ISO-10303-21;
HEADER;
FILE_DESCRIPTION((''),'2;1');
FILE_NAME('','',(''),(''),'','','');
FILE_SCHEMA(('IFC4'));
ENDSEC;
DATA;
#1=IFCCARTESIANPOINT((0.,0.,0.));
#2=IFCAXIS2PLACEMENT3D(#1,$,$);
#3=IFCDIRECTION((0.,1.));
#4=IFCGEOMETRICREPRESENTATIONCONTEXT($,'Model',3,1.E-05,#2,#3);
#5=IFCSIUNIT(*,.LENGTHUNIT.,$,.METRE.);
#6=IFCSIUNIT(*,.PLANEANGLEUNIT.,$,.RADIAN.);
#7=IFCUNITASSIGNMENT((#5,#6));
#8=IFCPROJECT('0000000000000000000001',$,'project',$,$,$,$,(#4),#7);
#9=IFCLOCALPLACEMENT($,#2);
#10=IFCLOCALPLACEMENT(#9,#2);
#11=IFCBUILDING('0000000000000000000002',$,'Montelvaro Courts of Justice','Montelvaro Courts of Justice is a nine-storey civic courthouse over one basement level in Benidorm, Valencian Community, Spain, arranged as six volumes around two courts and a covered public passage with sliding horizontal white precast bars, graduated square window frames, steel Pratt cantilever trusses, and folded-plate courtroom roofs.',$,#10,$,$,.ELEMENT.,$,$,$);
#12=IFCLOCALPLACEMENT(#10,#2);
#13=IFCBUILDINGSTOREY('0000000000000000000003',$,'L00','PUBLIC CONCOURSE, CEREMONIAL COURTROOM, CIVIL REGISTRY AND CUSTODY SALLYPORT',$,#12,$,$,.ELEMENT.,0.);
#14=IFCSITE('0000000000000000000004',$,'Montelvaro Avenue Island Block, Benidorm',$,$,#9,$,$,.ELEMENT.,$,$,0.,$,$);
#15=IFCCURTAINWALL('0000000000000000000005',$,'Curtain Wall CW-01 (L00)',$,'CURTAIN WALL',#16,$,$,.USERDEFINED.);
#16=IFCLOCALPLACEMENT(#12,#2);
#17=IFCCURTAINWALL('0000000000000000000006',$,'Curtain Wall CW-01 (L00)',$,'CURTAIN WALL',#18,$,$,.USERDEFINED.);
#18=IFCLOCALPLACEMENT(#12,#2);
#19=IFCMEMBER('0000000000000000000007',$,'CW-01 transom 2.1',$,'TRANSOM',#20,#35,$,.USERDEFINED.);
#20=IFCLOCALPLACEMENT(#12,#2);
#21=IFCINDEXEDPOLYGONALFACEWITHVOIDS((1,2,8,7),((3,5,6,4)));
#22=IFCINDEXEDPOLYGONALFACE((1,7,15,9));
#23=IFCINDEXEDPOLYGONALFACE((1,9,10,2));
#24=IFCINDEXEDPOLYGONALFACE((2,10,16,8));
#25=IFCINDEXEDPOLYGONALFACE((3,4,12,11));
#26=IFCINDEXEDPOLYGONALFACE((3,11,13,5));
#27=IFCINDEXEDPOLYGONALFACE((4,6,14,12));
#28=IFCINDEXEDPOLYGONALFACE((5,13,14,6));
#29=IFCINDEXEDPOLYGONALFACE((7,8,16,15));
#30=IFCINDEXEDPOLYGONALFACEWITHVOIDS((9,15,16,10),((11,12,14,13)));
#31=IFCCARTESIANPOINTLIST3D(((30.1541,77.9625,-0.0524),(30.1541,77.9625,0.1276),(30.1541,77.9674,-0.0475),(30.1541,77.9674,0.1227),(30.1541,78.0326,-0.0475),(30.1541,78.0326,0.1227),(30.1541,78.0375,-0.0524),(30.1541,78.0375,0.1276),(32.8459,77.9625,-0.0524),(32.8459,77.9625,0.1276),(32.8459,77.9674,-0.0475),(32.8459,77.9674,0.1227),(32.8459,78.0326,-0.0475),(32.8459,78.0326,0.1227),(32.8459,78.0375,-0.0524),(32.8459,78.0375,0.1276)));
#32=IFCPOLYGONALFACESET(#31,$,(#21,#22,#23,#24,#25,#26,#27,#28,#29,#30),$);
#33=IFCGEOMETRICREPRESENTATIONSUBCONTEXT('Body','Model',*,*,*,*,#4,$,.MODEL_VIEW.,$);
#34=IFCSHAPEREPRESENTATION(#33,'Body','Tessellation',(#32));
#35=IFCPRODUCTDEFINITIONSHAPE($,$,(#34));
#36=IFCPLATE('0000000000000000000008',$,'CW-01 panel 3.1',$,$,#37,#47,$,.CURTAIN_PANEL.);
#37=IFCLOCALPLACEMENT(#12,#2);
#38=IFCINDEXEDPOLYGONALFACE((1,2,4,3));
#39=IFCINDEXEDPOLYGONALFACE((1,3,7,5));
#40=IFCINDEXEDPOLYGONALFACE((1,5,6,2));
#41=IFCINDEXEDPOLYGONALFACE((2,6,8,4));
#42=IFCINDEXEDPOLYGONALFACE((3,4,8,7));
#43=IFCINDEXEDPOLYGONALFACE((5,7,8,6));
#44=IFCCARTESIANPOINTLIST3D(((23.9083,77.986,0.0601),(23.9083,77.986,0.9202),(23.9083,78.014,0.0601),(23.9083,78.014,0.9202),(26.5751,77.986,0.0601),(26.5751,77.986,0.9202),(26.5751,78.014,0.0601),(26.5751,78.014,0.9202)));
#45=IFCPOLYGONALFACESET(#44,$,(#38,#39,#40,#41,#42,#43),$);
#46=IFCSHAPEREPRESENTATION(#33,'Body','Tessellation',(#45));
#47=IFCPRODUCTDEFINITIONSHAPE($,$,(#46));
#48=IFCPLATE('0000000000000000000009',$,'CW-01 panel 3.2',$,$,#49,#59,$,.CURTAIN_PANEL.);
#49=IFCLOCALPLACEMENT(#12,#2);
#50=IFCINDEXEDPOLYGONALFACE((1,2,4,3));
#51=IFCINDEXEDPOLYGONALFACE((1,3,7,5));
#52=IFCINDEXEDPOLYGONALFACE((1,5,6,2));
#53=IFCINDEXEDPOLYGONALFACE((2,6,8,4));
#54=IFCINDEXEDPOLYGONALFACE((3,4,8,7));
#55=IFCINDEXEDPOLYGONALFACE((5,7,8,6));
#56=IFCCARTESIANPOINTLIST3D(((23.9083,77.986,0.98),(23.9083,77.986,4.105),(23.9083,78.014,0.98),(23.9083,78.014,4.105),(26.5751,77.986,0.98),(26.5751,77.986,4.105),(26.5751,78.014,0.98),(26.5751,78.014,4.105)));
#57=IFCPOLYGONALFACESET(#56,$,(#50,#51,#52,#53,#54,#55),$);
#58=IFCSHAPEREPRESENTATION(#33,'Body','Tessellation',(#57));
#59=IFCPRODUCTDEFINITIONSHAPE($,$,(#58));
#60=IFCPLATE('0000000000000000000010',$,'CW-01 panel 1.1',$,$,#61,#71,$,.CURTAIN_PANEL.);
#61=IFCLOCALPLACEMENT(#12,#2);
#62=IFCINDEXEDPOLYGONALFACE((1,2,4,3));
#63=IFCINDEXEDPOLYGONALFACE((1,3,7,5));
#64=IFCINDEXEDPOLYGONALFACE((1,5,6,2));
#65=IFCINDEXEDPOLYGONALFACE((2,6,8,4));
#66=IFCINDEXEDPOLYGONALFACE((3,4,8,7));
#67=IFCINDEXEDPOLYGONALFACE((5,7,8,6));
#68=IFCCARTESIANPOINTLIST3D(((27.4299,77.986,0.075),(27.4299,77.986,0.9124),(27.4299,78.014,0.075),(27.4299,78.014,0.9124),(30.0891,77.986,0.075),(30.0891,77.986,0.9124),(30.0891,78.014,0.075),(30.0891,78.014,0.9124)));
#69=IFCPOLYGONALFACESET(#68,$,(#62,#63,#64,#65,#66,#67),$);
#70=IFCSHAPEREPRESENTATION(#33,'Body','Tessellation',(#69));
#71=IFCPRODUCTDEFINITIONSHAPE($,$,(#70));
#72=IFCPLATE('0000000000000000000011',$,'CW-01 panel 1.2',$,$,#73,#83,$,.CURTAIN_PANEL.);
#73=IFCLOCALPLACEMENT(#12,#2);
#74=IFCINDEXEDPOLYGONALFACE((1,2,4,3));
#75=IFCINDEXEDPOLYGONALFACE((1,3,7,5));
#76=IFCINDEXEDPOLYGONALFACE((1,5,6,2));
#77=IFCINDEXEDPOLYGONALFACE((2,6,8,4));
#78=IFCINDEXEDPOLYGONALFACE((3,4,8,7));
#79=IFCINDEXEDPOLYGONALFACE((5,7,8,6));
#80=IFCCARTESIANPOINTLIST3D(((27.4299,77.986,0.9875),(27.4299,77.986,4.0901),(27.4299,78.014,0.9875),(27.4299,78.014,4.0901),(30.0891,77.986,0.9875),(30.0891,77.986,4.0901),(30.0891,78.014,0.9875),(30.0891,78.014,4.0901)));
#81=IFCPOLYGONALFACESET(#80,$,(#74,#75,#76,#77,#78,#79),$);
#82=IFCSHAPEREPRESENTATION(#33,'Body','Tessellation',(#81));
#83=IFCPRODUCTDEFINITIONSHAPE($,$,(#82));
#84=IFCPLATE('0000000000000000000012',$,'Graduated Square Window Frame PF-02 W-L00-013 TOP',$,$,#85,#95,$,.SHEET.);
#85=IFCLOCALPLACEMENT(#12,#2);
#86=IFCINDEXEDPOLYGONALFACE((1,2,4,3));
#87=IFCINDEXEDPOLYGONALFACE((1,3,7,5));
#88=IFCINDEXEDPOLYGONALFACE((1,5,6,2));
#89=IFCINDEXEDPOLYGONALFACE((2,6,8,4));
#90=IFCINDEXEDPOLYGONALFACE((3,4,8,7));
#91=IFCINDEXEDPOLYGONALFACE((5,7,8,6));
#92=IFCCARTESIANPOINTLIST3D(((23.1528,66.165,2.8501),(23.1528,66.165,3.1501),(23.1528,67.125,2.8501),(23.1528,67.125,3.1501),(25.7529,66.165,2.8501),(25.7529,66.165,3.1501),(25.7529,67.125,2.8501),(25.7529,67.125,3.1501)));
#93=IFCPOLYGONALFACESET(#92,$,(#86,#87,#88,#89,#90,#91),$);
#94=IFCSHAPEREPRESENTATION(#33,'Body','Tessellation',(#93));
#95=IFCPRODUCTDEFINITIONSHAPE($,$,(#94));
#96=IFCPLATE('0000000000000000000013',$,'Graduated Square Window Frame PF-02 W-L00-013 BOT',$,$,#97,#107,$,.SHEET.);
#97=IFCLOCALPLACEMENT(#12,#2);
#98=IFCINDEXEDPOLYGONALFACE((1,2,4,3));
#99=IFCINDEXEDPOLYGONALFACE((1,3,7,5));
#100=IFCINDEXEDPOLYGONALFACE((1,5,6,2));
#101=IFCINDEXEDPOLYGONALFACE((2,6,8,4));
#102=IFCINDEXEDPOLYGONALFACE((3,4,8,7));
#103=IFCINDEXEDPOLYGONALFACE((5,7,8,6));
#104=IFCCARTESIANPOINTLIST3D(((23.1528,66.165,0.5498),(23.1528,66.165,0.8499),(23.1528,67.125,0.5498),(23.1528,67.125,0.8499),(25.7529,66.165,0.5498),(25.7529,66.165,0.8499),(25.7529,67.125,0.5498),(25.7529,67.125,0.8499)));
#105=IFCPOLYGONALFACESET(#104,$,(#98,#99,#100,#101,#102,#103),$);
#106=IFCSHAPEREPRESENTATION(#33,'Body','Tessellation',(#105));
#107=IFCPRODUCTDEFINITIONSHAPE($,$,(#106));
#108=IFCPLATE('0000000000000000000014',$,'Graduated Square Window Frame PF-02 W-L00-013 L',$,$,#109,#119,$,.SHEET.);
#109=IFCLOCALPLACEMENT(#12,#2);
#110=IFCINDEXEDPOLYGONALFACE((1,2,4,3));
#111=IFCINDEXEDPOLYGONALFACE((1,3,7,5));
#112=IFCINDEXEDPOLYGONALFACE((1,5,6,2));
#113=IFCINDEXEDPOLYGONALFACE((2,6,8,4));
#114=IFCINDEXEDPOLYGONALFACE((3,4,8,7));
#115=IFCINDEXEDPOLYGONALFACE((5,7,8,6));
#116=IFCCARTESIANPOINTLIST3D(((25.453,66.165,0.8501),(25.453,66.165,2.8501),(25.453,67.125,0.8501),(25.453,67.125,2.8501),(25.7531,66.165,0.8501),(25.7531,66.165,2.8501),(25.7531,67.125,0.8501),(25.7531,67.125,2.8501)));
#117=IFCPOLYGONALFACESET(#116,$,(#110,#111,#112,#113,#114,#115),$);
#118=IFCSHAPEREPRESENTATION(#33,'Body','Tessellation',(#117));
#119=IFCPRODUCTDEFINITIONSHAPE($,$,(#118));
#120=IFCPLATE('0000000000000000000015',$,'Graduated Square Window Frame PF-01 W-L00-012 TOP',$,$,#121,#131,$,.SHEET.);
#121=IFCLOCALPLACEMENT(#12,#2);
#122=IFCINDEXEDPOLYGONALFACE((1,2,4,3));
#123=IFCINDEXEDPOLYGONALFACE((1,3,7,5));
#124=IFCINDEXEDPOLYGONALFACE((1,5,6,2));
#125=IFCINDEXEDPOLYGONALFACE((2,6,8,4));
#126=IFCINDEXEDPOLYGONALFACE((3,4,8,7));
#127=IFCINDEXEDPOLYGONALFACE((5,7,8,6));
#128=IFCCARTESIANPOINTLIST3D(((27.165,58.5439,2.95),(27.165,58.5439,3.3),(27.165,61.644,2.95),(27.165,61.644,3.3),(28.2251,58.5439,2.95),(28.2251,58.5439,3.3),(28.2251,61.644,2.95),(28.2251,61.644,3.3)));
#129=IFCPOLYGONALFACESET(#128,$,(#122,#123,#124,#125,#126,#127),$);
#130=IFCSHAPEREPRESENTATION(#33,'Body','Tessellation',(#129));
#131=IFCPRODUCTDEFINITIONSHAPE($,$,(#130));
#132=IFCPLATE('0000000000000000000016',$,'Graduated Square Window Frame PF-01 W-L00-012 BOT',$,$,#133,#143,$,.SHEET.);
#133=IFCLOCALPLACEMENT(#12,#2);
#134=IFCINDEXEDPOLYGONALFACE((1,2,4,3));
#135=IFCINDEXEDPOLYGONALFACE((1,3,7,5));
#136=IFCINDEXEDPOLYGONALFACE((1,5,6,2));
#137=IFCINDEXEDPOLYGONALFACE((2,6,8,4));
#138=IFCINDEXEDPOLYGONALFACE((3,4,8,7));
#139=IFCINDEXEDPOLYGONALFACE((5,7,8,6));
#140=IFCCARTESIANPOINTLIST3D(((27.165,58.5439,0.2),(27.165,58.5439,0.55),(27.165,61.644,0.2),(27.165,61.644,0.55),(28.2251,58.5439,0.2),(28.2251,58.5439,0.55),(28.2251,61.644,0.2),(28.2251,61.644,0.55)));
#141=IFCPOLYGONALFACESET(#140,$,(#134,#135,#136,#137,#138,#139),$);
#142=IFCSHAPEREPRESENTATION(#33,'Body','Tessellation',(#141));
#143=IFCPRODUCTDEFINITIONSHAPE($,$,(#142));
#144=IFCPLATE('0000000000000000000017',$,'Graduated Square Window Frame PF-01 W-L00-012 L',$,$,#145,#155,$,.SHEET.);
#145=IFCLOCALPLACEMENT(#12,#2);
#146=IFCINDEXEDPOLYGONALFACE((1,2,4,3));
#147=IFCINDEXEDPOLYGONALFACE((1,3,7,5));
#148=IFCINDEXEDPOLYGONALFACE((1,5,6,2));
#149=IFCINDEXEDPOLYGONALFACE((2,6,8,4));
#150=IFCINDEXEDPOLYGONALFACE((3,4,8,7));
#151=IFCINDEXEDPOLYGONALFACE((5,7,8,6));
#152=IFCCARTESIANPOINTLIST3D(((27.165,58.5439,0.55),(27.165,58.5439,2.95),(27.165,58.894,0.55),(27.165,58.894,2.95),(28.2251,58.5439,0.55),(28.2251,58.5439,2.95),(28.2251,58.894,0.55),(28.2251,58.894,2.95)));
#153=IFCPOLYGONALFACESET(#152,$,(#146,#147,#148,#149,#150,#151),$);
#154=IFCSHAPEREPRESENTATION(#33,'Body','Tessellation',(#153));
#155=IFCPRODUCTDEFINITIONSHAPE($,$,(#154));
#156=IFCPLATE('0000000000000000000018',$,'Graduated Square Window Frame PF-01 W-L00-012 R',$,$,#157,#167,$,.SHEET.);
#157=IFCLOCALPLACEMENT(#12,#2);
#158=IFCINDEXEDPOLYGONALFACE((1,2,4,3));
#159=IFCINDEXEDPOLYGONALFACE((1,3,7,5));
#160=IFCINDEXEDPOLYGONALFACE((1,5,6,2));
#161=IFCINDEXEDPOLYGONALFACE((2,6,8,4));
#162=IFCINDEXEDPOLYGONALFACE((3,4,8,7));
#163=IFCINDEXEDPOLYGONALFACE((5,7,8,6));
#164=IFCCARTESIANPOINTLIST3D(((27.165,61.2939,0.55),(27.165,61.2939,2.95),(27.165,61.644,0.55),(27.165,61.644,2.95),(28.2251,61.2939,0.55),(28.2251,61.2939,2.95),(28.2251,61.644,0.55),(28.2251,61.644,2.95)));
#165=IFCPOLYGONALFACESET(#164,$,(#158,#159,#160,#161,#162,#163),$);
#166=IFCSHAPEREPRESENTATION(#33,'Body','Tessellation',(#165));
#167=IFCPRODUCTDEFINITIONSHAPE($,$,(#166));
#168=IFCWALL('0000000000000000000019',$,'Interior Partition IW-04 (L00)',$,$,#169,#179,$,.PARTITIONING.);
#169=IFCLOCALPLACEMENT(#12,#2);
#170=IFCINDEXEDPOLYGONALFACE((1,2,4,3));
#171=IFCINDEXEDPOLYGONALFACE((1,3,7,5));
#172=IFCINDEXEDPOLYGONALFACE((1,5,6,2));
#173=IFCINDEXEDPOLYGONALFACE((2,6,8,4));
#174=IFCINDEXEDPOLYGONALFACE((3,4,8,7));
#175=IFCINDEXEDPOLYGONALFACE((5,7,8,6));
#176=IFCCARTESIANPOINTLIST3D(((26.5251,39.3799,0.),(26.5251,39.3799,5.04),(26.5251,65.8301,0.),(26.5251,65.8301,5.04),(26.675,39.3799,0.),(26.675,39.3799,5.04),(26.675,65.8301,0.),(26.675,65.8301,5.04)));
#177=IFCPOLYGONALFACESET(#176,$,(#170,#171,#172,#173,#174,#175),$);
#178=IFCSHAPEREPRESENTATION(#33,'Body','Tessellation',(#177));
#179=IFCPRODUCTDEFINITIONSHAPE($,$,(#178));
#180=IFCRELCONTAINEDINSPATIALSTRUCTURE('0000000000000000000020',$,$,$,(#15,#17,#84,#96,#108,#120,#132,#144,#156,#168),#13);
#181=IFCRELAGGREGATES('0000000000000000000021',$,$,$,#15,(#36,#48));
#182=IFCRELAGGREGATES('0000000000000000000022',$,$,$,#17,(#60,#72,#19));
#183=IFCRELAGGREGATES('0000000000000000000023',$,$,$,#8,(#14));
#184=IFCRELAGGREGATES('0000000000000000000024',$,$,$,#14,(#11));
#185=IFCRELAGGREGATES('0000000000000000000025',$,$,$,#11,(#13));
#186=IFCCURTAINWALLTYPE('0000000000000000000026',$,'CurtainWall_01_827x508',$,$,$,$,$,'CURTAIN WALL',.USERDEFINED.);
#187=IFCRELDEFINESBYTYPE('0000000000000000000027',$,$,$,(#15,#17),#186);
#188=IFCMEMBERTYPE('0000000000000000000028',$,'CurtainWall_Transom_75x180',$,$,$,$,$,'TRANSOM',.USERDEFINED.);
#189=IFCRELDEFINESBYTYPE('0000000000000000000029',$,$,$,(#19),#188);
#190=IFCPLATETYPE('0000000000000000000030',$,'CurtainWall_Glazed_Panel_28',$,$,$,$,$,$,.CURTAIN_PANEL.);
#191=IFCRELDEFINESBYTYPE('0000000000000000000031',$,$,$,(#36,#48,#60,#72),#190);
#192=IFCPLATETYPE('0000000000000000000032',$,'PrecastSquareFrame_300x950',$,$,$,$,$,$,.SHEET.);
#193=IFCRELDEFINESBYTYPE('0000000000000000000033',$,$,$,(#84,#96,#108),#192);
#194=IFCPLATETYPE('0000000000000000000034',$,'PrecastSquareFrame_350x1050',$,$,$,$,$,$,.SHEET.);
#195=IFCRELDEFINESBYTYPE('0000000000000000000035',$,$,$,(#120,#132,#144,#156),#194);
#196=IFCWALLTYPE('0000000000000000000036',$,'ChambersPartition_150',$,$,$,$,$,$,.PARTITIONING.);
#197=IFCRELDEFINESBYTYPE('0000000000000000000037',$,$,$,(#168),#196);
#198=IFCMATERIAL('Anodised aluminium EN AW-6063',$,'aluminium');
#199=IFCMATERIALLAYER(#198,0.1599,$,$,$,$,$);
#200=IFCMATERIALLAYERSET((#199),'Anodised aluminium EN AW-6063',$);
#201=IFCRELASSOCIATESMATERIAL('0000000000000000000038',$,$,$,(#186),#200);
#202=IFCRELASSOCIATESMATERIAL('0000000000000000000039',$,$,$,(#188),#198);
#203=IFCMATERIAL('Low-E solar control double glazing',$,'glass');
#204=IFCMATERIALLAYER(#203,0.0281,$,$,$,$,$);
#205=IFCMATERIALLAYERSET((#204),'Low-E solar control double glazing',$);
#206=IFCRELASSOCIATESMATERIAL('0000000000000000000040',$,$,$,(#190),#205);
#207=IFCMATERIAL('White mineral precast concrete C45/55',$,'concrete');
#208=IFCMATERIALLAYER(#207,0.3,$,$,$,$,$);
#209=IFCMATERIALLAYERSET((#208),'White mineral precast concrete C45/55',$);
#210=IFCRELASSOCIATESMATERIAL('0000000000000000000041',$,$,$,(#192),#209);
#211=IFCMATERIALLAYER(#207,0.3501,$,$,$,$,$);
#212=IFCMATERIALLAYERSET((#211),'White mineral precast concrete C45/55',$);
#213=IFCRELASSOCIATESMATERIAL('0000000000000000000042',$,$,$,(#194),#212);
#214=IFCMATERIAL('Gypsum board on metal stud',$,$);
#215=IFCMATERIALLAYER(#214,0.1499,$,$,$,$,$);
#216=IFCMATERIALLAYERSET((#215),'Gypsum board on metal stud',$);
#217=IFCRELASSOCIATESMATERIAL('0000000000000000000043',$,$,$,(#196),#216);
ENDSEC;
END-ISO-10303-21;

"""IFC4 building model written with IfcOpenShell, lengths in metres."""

from ifc_helpers import new_model, si_unit, direction, frame, frame_2d, origin, origin_2d, place, context, subcontext, project, spatial, rectangle, hollow_rectangle, extrude, material, layer, layer_set, material_profile, profile_set, type_object, element, aggregate, save


model = new_model("IFC4")

# Units and contexts
model_context = context("Model", 3, precision=1e-05, world=origin(), true_north=direction((0.0, 1.0)))
body_context = subcontext(model_context, "Body", "Model", "MODEL_VIEW")
ifc_project = project(units=[si_unit("LENGTHUNIT", "METRE"), si_unit("PLANEANGLEUNIT", "RADIAN")], contexts=[model_context])

# Site, building, storey
site_placement = place(None, origin())
site = spatial("IfcSite", under=ifc_project, at=site_placement, Name="Montelvaro Avenue Island Block, Benidorm", CompositionType="ELEMENT", RefElevation=0.0)
building_placement = place(site_placement, origin())
building = spatial("IfcBuilding", under=site, at=building_placement, Name="Montelvaro Courts of Justice", Description="Montelvaro Courts of Justice is a nine-storey civic courthouse over one basement level in Benidorm, Valencian Community, Spain, arranged as six volumes around two courts and a covered public passage with sliding horizontal white precast bars, graduated square window frames, steel Pratt cantilever trusses, and folded-plate courtroom roofs.", CompositionType="ELEMENT")
storey_placement = place(building_placement, origin())
storey = spatial("IfcBuildingStorey", under=building, at=storey_placement, Name="L00", Description="PUBLIC CONCOURSE, CEREMONIAL COURTROOM, CIVIL REGISTRY AND CUSTODY SALLYPORT", CompositionType="ELEMENT", Elevation=0.0)

# Curtain wall
ifc_material_1 = material(Name="Anodised aluminium EN AW-6063", Category="aluminium")
ifc_layer_1 = layer(ifc_material_1, 0.1599)
ifc_layer_set_1 = layer_set([ifc_layer_1], Name="Anodised aluminium EN AW-6063")
curtain_wall_type = type_object("IfcCurtainWallType", Name="CurtainWall_01_827x508", ElementType="CURTAIN WALL", PredefinedType="USERDEFINED", material=ifc_layer_set_1)
curtain_wall_1_placement = place(storey_placement, origin())
curtain_wall_1 = element("IfcCurtainWall", 1, at=curtain_wall_1_placement, inside=storey, type_object=curtain_wall_type, Name="Curtain Wall CW-01 (L00)", ObjectType="CURTAIN WALL", PredefinedType="USERDEFINED")

# Curtain wall, member
curtain_wall_2_placement = place(storey_placement, origin())
curtain_wall_2 = element("IfcCurtainWall", 2, at=curtain_wall_2_placement, inside=storey, type_object=curtain_wall_type, Name="Curtain Wall CW-01 (L00)", ObjectType="CURTAIN WALL", PredefinedType="USERDEFINED")
ifc_material_profile_1 = material_profile(ifc_material_1, hollow_rectangle(XDim=0.075, YDim=0.1799, WallThickness=0.0049, at=origin_2d()), Name="ALU-T 75x180")
ifc_profile_set_1 = profile_set([ifc_material_profile_1], Name="Anodised aluminium EN AW-6063")
member_type_1 = type_object("IfcMemberType", Name="CurtainWall_Transom_75x180", ElementType="TRANSOM", PredefinedType="USERDEFINED", material=ifc_profile_set_1)
member_1_placement = place(storey_placement, frame((30.1541, 78.0, 0.0376), z_axis=(1.0, 0.0, 0.0), x_axis=(0.0, 1.0, 0.0)))
member_1 = element("IfcMember", 3, at=member_1_placement, type_object=member_type_1, Name="CW-01 transom 2.1", ObjectType="TRANSOM", PredefinedType="USERDEFINED", context=body_context, shape_type="SweptSolid", body=[
    extrude(hollow_rectangle(XDim=0.075, YDim=0.1799, WallThickness=0.0049, at=origin_2d()), origin(), (0.0, 0.0, 1.0), 2.6919),
])

# Plates
ifc_material_2 = material(Name="Low-E solar control double glazing", Category="glass")
ifc_layer_2 = layer(ifc_material_2, 0.0281)
ifc_layer_set_2 = layer_set([ifc_layer_2], Name="Low-E solar control double glazing")
plate_type_1 = type_object("IfcPlateType", Name="CurtainWall_Glazed_Panel_28", PredefinedType="CURTAIN_PANEL", material=ifc_layer_set_2)
plate_1_placement = place(storey_placement, frame((25.2417, 78.0, 0.0601), z_axis=(0.0, 0.0, 1.0), x_axis=(1.0, 0.0, 0.0)))
plate_1 = element("IfcPlate", 4, at=plate_1_placement, type_object=plate_type_1, Name="CW-01 panel 3.1", PredefinedType="CURTAIN_PANEL", context=body_context, shape_type="SweptSolid", body=[
    extrude(rectangle(XDim=2.6667, YDim=0.0281, at=origin_2d()), origin(), (0.0, 0.0, 1.0), 0.8601),
])
plate_2_placement = place(storey_placement, frame((25.2417, 78.0, 0.98), z_axis=(0.0, 0.0, 1.0), x_axis=(1.0, 0.0, 0.0)))
plate_2 = element("IfcPlate", 5, at=plate_2_placement, type_object=plate_type_1, Name="CW-01 panel 3.2", PredefinedType="CURTAIN_PANEL", context=body_context, shape_type="SweptSolid", body=[
    extrude(rectangle(XDim=2.6667, YDim=0.0281, at=origin_2d()), origin(), (0.0, 0.0, 1.0), 3.125),
])
aggregate(curtain_wall_1, [plate_1, plate_2])
plate_3_placement = place(storey_placement, frame((28.7595, 78.0, 0.075), z_axis=(0.0, 0.0, 1.0), x_axis=(1.0, 0.0, 0.0)))
plate_3 = element("IfcPlate", 6, at=plate_3_placement, type_object=plate_type_1, Name="CW-01 panel 1.1", PredefinedType="CURTAIN_PANEL", context=body_context, shape_type="SweptSolid", body=[
    extrude(rectangle(XDim=2.6592, YDim=0.0281, at=origin_2d()), origin(), (0.0, 0.0, 1.0), 0.8374),
])
plate_4_placement = place(storey_placement, frame((28.7595, 78.0, 0.9875), z_axis=(0.0, 0.0, 1.0), x_axis=(1.0, 0.0, 0.0)))
plate_4 = element("IfcPlate", 7, at=plate_4_placement, type_object=plate_type_1, Name="CW-01 panel 1.2", PredefinedType="CURTAIN_PANEL", context=body_context, shape_type="SweptSolid", body=[
    extrude(rectangle(XDim=2.6592, YDim=0.0281, at=origin_2d()), origin(), (0.0, 0.0, 1.0), 3.1025),
])
aggregate(curtain_wall_2, [plate_3, plate_4, member_1])

# Plates
ifc_material_3 = material(Name="White mineral precast concrete C45/55", Category="concrete")
ifc_layer_3 = layer(ifc_material_3, 0.3)
ifc_layer_set_3 = layer_set([ifc_layer_3], Name="White mineral precast concrete C45/55")
plate_type_2 = type_object("IfcPlateType", Name="PrecastSquareFrame_300x950", PredefinedType="SHEET", material=ifc_layer_set_3)
for number, where, z_axis, x_axis, name in (
    (8, (24.4529, 66.645, 2.8501), (0.0, 0.0, 1.0), (-1.0, 0.0, 0.0), "Graduated Square Window Frame PF-02 W-L00-013 TOP"),
    (9, (24.4529, 66.645, 0.5498), (0.0, 0.0, 1.0), (-1.0, 0.0, 0.0), "Graduated Square Window Frame PF-02 W-L00-013 BOT"),
):
    element("IfcPlate", number, at=place(storey_placement, frame(where, z_axis=z_axis, x_axis=x_axis)), inside=storey, type_object=plate_type_2, Name=name, PredefinedType="SHEET", context=body_context, shape_type="SweptSolid", body=[
        extrude(rectangle(XDim=2.6001, YDim=0.96, at=origin_2d()), origin(), (0.0, 0.0, 1.0), 0.3),
    ])
plate_5_placement = place(storey_placement, frame((25.603, 66.645, 0.8501), z_axis=(0.0, 0.0, 1.0), x_axis=(-1.0, 0.0, 0.0)))
element("IfcPlate", 10, at=plate_5_placement, inside=storey, type_object=plate_type_2, Name="Graduated Square Window Frame PF-02 W-L00-013 L", PredefinedType="SHEET", context=body_context, shape_type="SweptSolid", body=[
    extrude(rectangle(XDim=0.3, YDim=0.96, at=origin_2d()), origin(), (0.0, 0.0, 1.0), 2.0),
])
ifc_layer_4 = layer(ifc_material_3, 0.3501)
ifc_layer_set_4 = layer_set([ifc_layer_4], Name="White mineral precast concrete C45/55")
plate_type_3 = type_object("IfcPlateType", Name="PrecastSquareFrame_350x1050", PredefinedType="SHEET", material=ifc_layer_set_4)
for number, where, z_axis, x_axis, name in (
    (11, (27.6951, 60.094, 2.95), (0.0, 0.0, 1.0), (0.0, 1.0, 0.0), "Graduated Square Window Frame PF-01 W-L00-012 TOP"),
    (12, (27.6951, 60.094, 0.2), (0.0, 0.0, 1.0), (0.0, 1.0, 0.0), "Graduated Square Window Frame PF-01 W-L00-012 BOT"),
):
    element("IfcPlate", number, at=place(storey_placement, frame(where, z_axis=z_axis, x_axis=x_axis)), inside=storey, type_object=plate_type_3, Name=name, PredefinedType="SHEET", context=body_context, shape_type="SweptSolid", body=[
        extrude(rectangle(XDim=3.1001, YDim=1.0601, at=origin_2d()), origin(), (0.0, 0.0, 1.0), 0.3501),
    ])
for number, where, z_axis, x_axis, name in (
    (13, (27.6951, 58.719, 0.55), (0.0, 0.0, 1.0), (0.0, 1.0, 0.0), "Graduated Square Window Frame PF-01 W-L00-012 L"),
    (14, (27.6951, 61.469, 0.55), (0.0, 0.0, 1.0), (0.0, 1.0, 0.0), "Graduated Square Window Frame PF-01 W-L00-012 R"),
):
    element("IfcPlate", number, at=place(storey_placement, frame(where, z_axis=z_axis, x_axis=x_axis)), inside=storey, type_object=plate_type_3, Name=name, PredefinedType="SHEET", context=body_context, shape_type="SweptSolid", body=[
        extrude(rectangle(XDim=0.3501, YDim=1.0601, at=origin_2d()), origin(), (0.0, 0.0, 1.0), 2.3999),
    ])

# Wall
ifc_material_4 = material(Name="Gypsum board on metal stud")
ifc_layer_5 = layer(ifc_material_4, 0.1499)
ifc_layer_set_5 = layer_set([ifc_layer_5], Name="Gypsum board on metal stud")
wall_type_1 = type_object("IfcWallType", Name="ChambersPartition_150", PredefinedType="PARTITIONING", material=ifc_layer_set_5)
wall_1_placement = place(storey_placement, frame((26.6001, 65.8301, 0.0), z_axis=(0.0, 0.0, 1.0), x_axis=(0.0, -1.0, 0.0)))
element("IfcWall", 15, at=wall_1_placement, inside=storey, type_object=wall_type_1, Name="Interior Partition IW-04 (L00)", PredefinedType="PARTITIONING", context=body_context, shape_type="SweptSolid", body=[
    extrude(rectangle(XDim=26.4502, YDim=0.1499, at=frame_2d((13.2251, 0.0))), origin(), (0.0, 0.0, 1.0), 5.04),
])

save(model, "model.ifc")
